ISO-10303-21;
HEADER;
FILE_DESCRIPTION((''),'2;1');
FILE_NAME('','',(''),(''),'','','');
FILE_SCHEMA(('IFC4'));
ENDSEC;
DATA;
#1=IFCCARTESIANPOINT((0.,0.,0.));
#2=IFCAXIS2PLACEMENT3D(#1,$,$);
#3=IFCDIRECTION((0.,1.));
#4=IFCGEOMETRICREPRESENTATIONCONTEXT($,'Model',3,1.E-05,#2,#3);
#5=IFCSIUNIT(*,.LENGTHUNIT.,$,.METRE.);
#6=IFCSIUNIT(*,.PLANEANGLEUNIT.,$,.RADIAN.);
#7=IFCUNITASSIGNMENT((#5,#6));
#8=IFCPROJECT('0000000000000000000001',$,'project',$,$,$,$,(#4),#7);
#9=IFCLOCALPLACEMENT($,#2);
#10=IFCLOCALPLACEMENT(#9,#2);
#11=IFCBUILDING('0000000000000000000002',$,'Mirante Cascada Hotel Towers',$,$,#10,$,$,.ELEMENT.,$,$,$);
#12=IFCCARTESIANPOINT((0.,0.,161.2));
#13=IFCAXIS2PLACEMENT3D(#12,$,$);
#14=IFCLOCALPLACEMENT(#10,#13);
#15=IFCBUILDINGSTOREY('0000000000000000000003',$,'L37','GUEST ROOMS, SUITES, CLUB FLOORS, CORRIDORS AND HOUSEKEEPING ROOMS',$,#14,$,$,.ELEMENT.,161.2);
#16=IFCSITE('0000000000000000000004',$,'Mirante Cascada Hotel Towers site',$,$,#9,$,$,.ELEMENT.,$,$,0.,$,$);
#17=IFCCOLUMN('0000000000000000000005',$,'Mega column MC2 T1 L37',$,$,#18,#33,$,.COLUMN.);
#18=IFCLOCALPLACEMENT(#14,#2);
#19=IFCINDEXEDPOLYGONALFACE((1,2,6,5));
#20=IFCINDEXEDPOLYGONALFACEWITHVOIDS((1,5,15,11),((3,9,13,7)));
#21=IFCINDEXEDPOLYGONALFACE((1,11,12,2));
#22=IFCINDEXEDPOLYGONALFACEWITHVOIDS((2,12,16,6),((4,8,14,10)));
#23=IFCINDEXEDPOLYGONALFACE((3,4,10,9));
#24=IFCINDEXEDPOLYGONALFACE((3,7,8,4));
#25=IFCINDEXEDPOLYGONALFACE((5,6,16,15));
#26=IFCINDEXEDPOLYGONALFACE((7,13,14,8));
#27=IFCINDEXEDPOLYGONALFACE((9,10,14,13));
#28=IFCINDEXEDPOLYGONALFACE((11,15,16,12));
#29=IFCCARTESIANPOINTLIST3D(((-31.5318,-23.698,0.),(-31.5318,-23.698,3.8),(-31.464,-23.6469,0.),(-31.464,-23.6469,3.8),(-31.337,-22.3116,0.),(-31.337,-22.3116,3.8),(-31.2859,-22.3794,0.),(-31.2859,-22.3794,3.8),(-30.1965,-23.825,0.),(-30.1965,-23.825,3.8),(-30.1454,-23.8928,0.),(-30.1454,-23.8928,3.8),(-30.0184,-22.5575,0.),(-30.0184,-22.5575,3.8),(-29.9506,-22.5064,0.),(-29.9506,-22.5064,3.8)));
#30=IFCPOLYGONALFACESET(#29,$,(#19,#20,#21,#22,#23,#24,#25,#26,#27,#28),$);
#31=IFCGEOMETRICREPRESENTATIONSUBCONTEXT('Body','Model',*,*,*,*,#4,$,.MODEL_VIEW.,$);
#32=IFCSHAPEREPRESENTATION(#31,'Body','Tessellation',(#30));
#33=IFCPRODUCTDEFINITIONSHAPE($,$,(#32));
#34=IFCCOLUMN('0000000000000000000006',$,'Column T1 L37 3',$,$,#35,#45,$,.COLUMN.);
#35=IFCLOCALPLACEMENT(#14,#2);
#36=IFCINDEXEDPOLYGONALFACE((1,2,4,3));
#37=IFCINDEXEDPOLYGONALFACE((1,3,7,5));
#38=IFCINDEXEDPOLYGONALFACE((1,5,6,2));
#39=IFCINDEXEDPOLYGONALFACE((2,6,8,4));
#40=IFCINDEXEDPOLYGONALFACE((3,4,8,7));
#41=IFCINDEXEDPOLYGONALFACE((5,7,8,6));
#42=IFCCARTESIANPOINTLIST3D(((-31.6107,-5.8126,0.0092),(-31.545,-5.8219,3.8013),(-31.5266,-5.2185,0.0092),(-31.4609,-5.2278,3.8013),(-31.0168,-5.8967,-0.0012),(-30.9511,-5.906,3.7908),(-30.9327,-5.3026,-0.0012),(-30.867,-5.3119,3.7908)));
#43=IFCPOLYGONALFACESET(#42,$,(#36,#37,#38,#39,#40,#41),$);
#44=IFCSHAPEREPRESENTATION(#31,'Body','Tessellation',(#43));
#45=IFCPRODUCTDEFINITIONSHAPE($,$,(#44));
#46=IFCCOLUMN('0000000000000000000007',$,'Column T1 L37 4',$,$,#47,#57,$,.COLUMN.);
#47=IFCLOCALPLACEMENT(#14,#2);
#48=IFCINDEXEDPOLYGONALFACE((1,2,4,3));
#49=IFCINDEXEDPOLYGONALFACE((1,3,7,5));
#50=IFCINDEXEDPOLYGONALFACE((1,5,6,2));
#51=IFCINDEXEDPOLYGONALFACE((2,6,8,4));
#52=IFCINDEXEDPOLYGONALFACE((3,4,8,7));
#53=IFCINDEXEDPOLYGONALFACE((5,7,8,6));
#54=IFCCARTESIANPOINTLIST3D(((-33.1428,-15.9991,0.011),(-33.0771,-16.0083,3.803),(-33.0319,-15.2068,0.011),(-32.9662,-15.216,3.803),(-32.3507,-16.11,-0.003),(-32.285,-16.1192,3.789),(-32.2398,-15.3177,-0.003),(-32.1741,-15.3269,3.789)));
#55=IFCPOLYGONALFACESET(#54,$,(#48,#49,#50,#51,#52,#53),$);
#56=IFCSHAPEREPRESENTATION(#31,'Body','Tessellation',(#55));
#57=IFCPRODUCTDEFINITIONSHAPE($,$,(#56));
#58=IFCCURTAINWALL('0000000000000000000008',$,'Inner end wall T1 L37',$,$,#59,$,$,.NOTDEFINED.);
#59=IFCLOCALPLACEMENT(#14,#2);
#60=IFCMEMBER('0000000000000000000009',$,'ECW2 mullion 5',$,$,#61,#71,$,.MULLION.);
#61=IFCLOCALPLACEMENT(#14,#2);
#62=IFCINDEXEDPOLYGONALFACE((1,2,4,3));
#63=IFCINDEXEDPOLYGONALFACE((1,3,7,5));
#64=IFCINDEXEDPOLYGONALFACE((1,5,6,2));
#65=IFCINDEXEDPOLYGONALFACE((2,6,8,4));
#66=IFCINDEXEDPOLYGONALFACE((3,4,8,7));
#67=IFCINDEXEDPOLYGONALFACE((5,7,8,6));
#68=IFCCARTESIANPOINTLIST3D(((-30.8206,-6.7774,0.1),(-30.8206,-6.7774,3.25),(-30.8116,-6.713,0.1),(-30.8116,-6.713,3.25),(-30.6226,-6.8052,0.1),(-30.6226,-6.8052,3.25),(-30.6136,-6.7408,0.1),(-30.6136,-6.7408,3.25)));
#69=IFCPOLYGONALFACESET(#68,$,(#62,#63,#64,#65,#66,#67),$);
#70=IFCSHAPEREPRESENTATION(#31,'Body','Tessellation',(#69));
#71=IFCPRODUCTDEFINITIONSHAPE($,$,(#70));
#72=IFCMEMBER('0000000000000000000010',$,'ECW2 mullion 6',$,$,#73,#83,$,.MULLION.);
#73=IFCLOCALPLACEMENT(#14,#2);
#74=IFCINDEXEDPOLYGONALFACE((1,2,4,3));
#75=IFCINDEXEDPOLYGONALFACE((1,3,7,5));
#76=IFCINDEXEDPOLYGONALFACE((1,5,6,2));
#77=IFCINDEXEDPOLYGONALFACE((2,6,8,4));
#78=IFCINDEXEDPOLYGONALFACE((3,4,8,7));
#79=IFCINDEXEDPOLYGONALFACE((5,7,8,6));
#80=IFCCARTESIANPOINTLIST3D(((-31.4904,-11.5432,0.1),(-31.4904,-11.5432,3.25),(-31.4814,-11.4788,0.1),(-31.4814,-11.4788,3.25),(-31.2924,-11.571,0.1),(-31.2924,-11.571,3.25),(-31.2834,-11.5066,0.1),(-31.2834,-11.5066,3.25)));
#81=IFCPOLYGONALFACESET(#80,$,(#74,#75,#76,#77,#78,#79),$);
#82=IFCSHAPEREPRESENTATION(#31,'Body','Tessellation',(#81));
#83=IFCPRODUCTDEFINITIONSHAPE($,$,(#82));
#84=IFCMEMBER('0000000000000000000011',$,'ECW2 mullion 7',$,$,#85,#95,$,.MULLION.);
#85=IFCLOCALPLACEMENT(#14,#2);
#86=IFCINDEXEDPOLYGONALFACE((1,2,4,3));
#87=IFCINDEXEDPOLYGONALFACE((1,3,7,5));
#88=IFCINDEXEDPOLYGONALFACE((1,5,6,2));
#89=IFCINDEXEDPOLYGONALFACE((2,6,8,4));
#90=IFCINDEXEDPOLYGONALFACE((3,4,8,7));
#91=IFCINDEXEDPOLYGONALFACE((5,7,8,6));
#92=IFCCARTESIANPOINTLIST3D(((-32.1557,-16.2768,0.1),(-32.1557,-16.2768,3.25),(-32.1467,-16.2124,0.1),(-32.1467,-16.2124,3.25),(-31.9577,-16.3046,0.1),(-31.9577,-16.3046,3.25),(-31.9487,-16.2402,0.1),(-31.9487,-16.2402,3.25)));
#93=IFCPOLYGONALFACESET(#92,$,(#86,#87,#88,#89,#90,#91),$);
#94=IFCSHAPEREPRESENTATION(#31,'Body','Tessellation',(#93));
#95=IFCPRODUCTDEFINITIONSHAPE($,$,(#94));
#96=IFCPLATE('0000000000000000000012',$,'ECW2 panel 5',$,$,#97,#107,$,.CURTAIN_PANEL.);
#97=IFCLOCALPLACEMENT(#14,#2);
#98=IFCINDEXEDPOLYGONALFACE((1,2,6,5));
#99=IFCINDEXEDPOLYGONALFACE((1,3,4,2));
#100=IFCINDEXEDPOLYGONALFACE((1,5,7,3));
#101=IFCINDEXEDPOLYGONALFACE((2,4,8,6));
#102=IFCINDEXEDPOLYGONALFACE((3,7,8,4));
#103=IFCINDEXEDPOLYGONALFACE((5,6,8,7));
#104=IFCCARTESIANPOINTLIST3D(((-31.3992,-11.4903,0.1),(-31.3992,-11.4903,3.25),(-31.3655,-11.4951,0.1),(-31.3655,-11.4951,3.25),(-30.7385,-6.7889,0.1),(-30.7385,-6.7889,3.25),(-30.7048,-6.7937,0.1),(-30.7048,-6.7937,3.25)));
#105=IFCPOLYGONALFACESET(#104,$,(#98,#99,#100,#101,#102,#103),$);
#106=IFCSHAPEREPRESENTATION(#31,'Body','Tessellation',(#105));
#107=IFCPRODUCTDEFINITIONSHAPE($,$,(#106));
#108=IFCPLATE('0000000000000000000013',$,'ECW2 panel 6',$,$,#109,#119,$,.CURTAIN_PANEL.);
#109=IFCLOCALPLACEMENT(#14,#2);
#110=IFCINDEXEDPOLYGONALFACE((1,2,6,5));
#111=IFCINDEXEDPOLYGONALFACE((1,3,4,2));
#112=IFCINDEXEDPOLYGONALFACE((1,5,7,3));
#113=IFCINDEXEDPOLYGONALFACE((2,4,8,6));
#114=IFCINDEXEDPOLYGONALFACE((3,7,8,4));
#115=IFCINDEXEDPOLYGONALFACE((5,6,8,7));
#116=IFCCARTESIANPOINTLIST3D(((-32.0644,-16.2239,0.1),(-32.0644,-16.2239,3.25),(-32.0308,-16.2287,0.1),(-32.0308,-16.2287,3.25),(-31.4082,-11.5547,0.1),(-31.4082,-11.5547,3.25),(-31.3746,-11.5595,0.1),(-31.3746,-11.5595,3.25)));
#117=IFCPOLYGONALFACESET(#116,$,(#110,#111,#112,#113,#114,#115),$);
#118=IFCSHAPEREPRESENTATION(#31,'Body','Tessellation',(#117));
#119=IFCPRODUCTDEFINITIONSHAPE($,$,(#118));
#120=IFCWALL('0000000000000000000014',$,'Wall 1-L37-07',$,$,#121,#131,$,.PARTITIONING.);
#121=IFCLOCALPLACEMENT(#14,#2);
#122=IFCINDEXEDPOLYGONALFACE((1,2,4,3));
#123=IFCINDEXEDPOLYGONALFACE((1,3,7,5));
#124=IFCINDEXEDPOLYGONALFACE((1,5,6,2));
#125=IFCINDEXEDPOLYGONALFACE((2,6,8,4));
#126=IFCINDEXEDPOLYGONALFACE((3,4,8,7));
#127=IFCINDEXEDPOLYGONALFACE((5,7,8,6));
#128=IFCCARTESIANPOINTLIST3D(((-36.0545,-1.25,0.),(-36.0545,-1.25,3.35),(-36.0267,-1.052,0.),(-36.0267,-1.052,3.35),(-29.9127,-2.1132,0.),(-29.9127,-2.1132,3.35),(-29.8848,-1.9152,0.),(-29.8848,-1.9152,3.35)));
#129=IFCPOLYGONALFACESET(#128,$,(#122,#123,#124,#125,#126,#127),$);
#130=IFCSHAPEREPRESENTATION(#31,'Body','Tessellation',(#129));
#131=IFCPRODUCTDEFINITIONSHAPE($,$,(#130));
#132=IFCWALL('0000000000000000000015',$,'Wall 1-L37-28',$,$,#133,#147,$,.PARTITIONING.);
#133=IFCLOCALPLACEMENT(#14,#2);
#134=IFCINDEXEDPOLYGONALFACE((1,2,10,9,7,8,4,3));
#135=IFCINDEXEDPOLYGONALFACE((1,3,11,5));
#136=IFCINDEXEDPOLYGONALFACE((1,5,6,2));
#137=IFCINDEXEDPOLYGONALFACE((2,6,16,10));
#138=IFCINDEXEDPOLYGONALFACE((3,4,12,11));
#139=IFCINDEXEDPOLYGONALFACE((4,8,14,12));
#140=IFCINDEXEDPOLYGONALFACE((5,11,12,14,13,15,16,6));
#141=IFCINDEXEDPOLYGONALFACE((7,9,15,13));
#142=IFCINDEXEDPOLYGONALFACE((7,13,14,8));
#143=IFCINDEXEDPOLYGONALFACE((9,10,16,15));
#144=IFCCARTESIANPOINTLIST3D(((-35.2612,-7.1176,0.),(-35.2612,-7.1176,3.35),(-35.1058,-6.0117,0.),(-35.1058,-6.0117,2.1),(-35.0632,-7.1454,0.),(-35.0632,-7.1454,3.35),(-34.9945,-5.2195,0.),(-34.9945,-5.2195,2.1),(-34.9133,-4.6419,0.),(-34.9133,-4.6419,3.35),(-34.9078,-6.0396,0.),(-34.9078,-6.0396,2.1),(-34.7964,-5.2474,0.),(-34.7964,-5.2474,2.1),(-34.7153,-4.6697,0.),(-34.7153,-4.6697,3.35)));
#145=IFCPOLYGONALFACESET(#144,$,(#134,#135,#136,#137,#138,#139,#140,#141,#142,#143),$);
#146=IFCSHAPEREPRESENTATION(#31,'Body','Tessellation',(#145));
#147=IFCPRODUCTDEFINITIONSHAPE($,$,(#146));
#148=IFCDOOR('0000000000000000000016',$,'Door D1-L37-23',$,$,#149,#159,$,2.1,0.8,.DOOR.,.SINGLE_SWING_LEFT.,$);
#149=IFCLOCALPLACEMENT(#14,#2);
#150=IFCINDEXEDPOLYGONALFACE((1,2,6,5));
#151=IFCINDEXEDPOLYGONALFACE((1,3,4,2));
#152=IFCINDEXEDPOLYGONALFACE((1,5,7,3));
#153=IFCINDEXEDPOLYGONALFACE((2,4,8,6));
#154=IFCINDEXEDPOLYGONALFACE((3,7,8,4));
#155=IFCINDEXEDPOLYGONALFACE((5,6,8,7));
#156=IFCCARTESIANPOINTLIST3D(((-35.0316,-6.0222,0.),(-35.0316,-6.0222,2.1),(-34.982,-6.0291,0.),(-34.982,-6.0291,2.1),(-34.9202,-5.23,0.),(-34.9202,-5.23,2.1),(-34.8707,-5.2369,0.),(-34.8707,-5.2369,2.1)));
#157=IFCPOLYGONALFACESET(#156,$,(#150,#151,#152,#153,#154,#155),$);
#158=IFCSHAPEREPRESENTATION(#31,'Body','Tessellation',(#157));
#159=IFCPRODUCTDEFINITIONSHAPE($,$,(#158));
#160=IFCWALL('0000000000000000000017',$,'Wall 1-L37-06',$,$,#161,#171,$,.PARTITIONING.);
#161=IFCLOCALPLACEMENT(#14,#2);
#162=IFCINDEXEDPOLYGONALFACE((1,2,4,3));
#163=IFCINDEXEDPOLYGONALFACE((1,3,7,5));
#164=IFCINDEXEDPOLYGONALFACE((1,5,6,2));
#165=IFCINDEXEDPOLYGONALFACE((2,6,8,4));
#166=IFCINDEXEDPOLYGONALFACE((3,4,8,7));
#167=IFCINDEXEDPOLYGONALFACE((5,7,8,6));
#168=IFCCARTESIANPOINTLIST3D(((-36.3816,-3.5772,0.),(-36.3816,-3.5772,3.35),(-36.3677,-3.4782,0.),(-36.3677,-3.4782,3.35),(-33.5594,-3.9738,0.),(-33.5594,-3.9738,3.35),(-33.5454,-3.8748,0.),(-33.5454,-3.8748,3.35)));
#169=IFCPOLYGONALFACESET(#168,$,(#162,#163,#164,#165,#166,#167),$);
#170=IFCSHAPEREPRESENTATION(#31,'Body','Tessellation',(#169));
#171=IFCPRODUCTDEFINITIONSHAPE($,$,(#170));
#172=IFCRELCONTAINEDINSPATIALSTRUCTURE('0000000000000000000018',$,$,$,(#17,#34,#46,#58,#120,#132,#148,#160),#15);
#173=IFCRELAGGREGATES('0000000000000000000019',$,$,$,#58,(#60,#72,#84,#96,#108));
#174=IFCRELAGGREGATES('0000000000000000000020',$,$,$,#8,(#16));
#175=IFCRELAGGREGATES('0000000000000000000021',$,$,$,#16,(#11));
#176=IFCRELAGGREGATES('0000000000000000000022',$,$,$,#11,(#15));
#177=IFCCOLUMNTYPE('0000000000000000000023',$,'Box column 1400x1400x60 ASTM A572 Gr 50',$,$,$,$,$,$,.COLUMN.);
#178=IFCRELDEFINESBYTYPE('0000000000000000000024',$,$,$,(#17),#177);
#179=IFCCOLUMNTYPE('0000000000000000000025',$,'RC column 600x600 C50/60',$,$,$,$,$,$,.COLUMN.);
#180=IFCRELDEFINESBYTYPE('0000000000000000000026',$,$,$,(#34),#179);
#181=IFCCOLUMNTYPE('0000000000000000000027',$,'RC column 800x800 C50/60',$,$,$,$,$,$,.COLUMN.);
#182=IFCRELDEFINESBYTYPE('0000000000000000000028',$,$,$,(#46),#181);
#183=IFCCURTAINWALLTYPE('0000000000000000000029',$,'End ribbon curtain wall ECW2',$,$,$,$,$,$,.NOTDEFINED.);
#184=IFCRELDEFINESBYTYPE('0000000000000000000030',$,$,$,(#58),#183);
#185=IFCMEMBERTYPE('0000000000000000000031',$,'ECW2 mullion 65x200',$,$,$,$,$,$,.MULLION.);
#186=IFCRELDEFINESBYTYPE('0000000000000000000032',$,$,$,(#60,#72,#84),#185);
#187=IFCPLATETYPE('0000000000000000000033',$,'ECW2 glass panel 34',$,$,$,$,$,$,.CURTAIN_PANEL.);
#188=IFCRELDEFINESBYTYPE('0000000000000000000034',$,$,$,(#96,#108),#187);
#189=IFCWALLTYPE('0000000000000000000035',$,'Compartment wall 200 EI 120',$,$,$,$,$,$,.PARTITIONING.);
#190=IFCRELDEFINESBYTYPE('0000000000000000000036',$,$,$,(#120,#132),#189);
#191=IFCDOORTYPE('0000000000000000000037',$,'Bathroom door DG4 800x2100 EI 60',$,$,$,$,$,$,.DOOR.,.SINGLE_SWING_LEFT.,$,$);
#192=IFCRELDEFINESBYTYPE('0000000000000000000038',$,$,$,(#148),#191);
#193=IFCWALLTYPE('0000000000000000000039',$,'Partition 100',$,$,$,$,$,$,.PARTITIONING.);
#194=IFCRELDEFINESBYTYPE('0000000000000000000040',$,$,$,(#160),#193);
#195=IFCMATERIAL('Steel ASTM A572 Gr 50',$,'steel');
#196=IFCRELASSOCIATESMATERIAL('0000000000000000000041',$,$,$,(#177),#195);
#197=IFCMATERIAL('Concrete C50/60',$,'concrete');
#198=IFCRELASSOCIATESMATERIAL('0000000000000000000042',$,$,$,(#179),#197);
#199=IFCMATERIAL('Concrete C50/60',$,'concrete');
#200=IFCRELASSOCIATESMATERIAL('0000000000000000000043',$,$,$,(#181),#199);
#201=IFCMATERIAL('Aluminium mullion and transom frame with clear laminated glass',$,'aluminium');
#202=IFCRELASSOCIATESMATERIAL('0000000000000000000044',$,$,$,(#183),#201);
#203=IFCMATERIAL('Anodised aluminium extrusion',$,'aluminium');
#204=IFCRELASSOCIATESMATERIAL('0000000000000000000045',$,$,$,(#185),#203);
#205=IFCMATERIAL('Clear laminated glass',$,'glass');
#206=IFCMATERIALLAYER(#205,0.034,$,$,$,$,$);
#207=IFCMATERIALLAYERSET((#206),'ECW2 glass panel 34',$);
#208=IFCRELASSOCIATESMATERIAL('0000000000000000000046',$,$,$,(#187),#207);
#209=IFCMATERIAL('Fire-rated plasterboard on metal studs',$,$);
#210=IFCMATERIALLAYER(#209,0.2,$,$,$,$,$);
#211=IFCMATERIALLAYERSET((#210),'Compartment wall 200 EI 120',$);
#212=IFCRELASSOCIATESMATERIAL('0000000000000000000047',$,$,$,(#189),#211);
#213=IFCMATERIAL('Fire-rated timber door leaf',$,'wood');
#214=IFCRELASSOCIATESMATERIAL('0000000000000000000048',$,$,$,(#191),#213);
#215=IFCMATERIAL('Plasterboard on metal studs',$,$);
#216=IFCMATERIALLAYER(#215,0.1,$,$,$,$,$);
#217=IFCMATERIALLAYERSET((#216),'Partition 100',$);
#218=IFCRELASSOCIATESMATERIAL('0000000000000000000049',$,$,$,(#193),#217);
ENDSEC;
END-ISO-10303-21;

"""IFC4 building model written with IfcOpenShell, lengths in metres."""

from ifc_helpers import new_model, si_unit, direction, frame, frame_2d, origin, origin_2d, place, context, subcontext, project, spatial, rectangle, hollow_rectangle, extrude, material, layer, layer_set, material_profile, profile_set, type_object, element, fill, aggregate, save


model = new_model("IFC4")

# Units and contexts
model_context = context("Model", 3, precision=1e-05, world=origin(), true_north=direction((0.0, 1.0)))
body_context = subcontext(model_context, "Body", "Model", "MODEL_VIEW")
ifc_project = project(units=[si_unit("LENGTHUNIT", "METRE"), si_unit("PLANEANGLEUNIT", "RADIAN")], contexts=[model_context])

# Site, building, storey
site_placement = place(None, origin())
site = spatial("IfcSite", under=ifc_project, at=site_placement, Name="Mirante Cascada Hotel Towers site", CompositionType="ELEMENT", RefElevation=0.0)
building_placement = place(site_placement, origin())
building = spatial("IfcBuilding", under=site, at=building_placement, Name="Mirante Cascada Hotel Towers", CompositionType="ELEMENT")
storey_placement = place(building_placement, frame((0.0, 0.0, 161.2)))
storey = spatial("IfcBuildingStorey", under=building, at=storey_placement, Name="L37", Description="GUEST ROOMS, SUITES, CLUB FLOORS, CORRIDORS AND HOUSEKEEPING ROOMS", CompositionType="ELEMENT", Elevation=161.2)

# Columns
ifc_material_1 = material(Name="Steel ASTM A572 Gr 50", Category="steel")
ifc_material_profile_1 = material_profile(ifc_material_1, hollow_rectangle(XDim=1.4, YDim=1.4, WallThickness=0.06, at=origin_2d()), Name="Box column 1400x1400x60 ASTM A572 Gr 50")
ifc_profile_set_1 = profile_set([ifc_material_profile_1], Name="Steel ASTM A572 Gr 50")
column_type_1 = type_object("IfcColumnType", Name="Box column 1400x1400x60 ASTM A572 Gr 50", PredefinedType="COLUMN", material=ifc_profile_set_1)
column_1_placement = place(storey_placement, frame((-30.7412, -23.1022, 0.0), z_axis=(0.0, 0.0, 1.0), x_axis=(-0.990268, 0.139173, 0.0)))
element("IfcColumn", 1, at=column_1_placement, inside=storey, type_object=column_type_1, Name="Mega column MC2 T1 L37", PredefinedType="COLUMN", context=body_context, shape_type="SweptSolid", body=[
    extrude(hollow_rectangle(XDim=1.4, YDim=1.4, WallThickness=0.06, at=origin_2d()), origin(), (0.0, 0.0, 1.0), 3.8),
])
ifc_material_2 = material(Name="Concrete C50/60", Category="concrete")
ifc_material_profile_2 = material_profile(ifc_material_2, rectangle(XDim=0.6, YDim=0.6, at=origin_2d()), Name="RC column 600x600 C50/60")
ifc_profile_set_2 = profile_set([ifc_material_profile_2], Name="Concrete C50/60")
column_type_2 = type_object("IfcColumnType", Name="RC column 600x600 C50/60", PredefinedType="COLUMN", material=ifc_profile_set_2)
column_2_placement = place(storey_placement, frame((-31.2717, -5.5576, 0.004), z_axis=(0.017323, -0.002452, 0.999847), x_axis=(0.140155, 0.990129, 0.0)))
element("IfcColumn", 2, at=column_2_placement, inside=storey, type_object=column_type_2, Name="Column T1 L37 3", PredefinedType="COLUMN", context=body_context, shape_type="SweptSolid", body=[
    extrude(rectangle(XDim=0.6, YDim=0.6, at=origin_2d()), origin(), (0.0, 0.0, 1.0), 3.7926),
])
ifc_material_3 = material(Name="Concrete C50/60", Category="concrete")
ifc_material_profile_3 = material_profile(ifc_material_3, rectangle(XDim=0.8, YDim=0.8, at=origin_2d()), Name="RC column 800x800 C50/60")
ifc_profile_set_3 = profile_set([ifc_material_profile_3], Name="Concrete C50/60")
column_type_3 = type_object("IfcColumnType", Name="RC column 800x800 C50/60", PredefinedType="COLUMN", material=ifc_profile_set_3)
column_3_placement = place(storey_placement, frame((-32.6913, -15.6584, 0.004), z_axis=(0.017323, -0.002426, 0.999847), x_axis=(0.138677, 0.990338, 0.0)))
element("IfcColumn", 3, at=column_3_placement, inside=storey, type_object=column_type_3, Name="Column T1 L37 4", PredefinedType="COLUMN", context=body_context, shape_type="SweptSolid", body=[
    extrude(rectangle(XDim=0.8, YDim=0.8, at=origin_2d()), origin(), (0.0, 0.0, 1.0), 3.7926),
])

# Curtain wall, members, plates
ifc_material_4 = material(Name="Aluminium mullion and transom frame with clear laminated glass", Category="aluminium")
curtain_wall_type = type_object("IfcCurtainWallType", Name="End ribbon curtain wall ECW2", PredefinedType="NOTDEFINED", material=ifc_material_4)
curtain_wall_placement = place(storey_placement, origin())
curtain_wall = element("IfcCurtainWall", 4, at=curtain_wall_placement, inside=storey, type_object=curtain_wall_type, Name="Inner end wall T1 L37", PredefinedType="NOTDEFINED")
ifc_material_5 = material(Name="Anodised aluminium extrusion", Category="aluminium")
ifc_material_profile_4 = material_profile(ifc_material_5, rectangle(XDim=0.2, YDim=0.065, at=origin_2d()), Name="ECW2 MULLION 65x200")
ifc_profile_set_4 = profile_set([ifc_material_profile_4], Name="Anodised aluminium extrusion")
member_type = type_object("IfcMemberType", Name="ECW2 mullion 65x200", PredefinedType="MULLION", material=ifc_profile_set_4)
member_1_placement = place(storey_placement, frame((-30.7171, -6.7591, 0.1), z_axis=(0.0, 0.0, 1.0), x_axis=(0.990268, -0.139173, 0.0)))
member_1 = element("IfcMember", 5, at=member_1_placement, type_object=member_type, Name="ECW2 mullion 5", PredefinedType="MULLION", context=body_context, shape_type="SweptSolid", body=[
    extrude(rectangle(XDim=0.2, YDim=0.065, at=origin_2d()), origin(), (0.0, 0.0, 1.0), 3.15),
])
member_2_placement = place(storey_placement, frame((-31.3869, -11.5249, 0.1), z_axis=(0.0, 0.0, 1.0), x_axis=(0.990268, -0.139173, 0.0)))
member_2 = element("IfcMember", 6, at=member_2_placement, type_object=member_type, Name="ECW2 mullion 6", PredefinedType="MULLION", context=body_context, shape_type="SweptSolid", body=[
    extrude(rectangle(XDim=0.2, YDim=0.065, at=origin_2d()), origin(), (0.0, 0.0, 1.0), 3.15),
])
member_3_placement = place(storey_placement, frame((-32.0522, -16.2585, 0.1), z_axis=(0.0, 0.0, 1.0), x_axis=(0.990268, -0.139173, 0.0)))
member_3 = element("IfcMember", 7, at=member_3_placement, type_object=member_type, Name="ECW2 mullion 7", PredefinedType="MULLION", context=body_context, shape_type="SweptSolid", body=[
    extrude(rectangle(XDim=0.2, YDim=0.065, at=origin_2d()), origin(), (0.0, 0.0, 1.0), 3.15),
])
ifc_material_6 = material(Name="Clear laminated glass", Category="glass")
ifc_layer_1 = layer(ifc_material_6, 0.034)
ifc_layer_set_1 = layer_set([ifc_layer_1], Name="ECW2 glass panel 34")
plate_type = type_object("IfcPlateType", Name="ECW2 glass panel 34", PredefinedType="CURTAIN_PANEL", material=ifc_layer_set_1)
plate_1_placement = place(storey_placement, frame((-31.052, -9.142, 0.1), z_axis=(0.0, 0.0, 1.0), x_axis=(-0.139173, -0.990268, 0.0)))
plate_1 = element("IfcPlate", 8, at=plate_1_placement, type_object=plate_type, Name="ECW2 panel 5", PredefinedType="CURTAIN_PANEL", context=body_context, shape_type="SweptSolid", body=[
    extrude(rectangle(XDim=4.7476, YDim=0.034, at=origin_2d()), origin(), (0.0, 0.0, 1.0), 3.15),
])
plate_2_placement = place(storey_placement, frame((-31.7195, -13.8917, 0.1), z_axis=(0.0, 0.0, 1.0), x_axis=(-0.139173, -0.990268, 0.0)))
plate_2 = element("IfcPlate", 9, at=plate_2_placement, type_object=plate_type, Name="ECW2 panel 6", PredefinedType="CURTAIN_PANEL", context=body_context, shape_type="SweptSolid", body=[
    extrude(rectangle(XDim=4.7151, YDim=0.034, at=origin_2d()), origin(), (0.0, 0.0, 1.0), 3.15),
])
aggregate(curtain_wall, [member_1, member_2, member_3, plate_1, plate_2])

# Wall
ifc_material_7 = material(Name="Fire-rated plasterboard on metal studs")
ifc_layer_2 = layer(ifc_material_7, 0.2)
ifc_layer_set_2 = layer_set([ifc_layer_2], Name="Compartment wall 200 EI 120")
wall_type_1 = type_object("IfcWallType", Name="Compartment wall 200 EI 120", PredefinedType="PARTITIONING", material=ifc_layer_set_2)
wall_1_placement = place(storey_placement, frame((-36.0406, -1.151, 0.0), z_axis=(0.0, 0.0, 1.0), x_axis=(0.990267, -0.139177, 0.0)))
element("IfcWall", 10, at=wall_1_placement, inside=storey, type_object=wall_type_1, Name="Wall 1-L37-07", PredefinedType="PARTITIONING", context=body_context, shape_type="SweptSolid", body=[
    extrude(rectangle(XDim=6.2022, YDim=0.2, at=frame_2d((3.1011, 0.0))), origin(), (0.0, 0.0, 1.0), 3.35),
])

# Wall, opening, door
wall_2_placement = place(storey_placement, frame((-35.1622, -7.1315, 0.0), z_axis=(0.0, 0.0, 1.0), x_axis=(0.139159, 0.99027, 0.0)))
wall_2 = element("IfcWall", 11, at=wall_2_placement, inside=storey, type_object=wall_type_1, Name="Wall 1-L37-28", PredefinedType="PARTITIONING", context=body_context, shape_type="SweptSolid", body=[
    extrude(rectangle(XDim=2.5, YDim=0.2, at=frame_2d((1.25, 0.0))), origin(), (0.0, 0.0, 1.0), 3.35),
])
opening_1_placement = place(wall_2_placement, frame((1.1167, 0.0, 0.0)))
opening_1 = element("IfcOpeningElement", 12, at=opening_1_placement, cuts=wall_2, PredefinedType="OPENING", context=body_context, shape_type="SweptSolid", body=[
    extrude(rectangle(XDim=0.8, YDim=2.1, at=frame_2d((0.4, 1.05))), frame((0.0, 0.1, 0.0), z_axis=(0.0, -1.0, 0.0), x_axis=(1.0, 0.0, 0.0)), (0.0, 0.0, 1.0), 0.2),
])
ifc_material_8 = material(Name="Fire-rated timber door leaf", Category="wood")
door_type_1 = type_object("IfcDoorType", Name="Bathroom door DG4 800x2100 EI 60", OperationType="SINGLE_SWING_LEFT", PredefinedType="DOOR", material=ifc_material_8)
door_1_placement = place(opening_1_placement, origin())
door_1 = element("IfcDoor", 13, at=door_1_placement, inside=storey, type_object=door_type_1, Name="Door D1-L37-23", OperationType="SINGLE_SWING_LEFT", OverallHeight=2.1, OverallWidth=0.8, PredefinedType="DOOR", context=body_context, shape_type="SweptSolid", body=[
    extrude(rectangle(XDim=0.8, YDim=2.1, at=frame_2d((0.4, 1.05))), frame((0.0, 0.025, 0.0), z_axis=(0.0, -1.0, 0.0), x_axis=(1.0, 0.0, 0.0)), (0.0, 0.0, 1.0), 0.05),
])
fill(opening_1, door_1)

# Wall
ifc_material_9 = material(Name="Plasterboard on metal studs")
ifc_layer_3 = layer(ifc_material_9, 0.1)
ifc_layer_set_3 = layer_set([ifc_layer_3], Name="Partition 100")
wall_type_2 = type_object("IfcWallType", Name="Partition 100", PredefinedType="PARTITIONING", material=ifc_layer_set_3)
wall_3_placement = place(storey_placement, frame((-33.5524, -3.9243, 0.0), z_axis=(0.0, 0.0, 1.0), x_axis=(-0.99027, 0.139156, 0.0)))
element("IfcWall", 14, at=wall_3_placement, inside=storey, type_object=wall_type_2, Name="Wall 1-L37-06", PredefinedType="PARTITIONING", context=body_context, shape_type="SweptSolid", body=[
    extrude(rectangle(XDim=2.85, YDim=0.1, at=frame_2d((1.425, 0.0))), origin(), (0.0, 0.0, 1.0), 3.35),
])

save(model, "model.ifc")
